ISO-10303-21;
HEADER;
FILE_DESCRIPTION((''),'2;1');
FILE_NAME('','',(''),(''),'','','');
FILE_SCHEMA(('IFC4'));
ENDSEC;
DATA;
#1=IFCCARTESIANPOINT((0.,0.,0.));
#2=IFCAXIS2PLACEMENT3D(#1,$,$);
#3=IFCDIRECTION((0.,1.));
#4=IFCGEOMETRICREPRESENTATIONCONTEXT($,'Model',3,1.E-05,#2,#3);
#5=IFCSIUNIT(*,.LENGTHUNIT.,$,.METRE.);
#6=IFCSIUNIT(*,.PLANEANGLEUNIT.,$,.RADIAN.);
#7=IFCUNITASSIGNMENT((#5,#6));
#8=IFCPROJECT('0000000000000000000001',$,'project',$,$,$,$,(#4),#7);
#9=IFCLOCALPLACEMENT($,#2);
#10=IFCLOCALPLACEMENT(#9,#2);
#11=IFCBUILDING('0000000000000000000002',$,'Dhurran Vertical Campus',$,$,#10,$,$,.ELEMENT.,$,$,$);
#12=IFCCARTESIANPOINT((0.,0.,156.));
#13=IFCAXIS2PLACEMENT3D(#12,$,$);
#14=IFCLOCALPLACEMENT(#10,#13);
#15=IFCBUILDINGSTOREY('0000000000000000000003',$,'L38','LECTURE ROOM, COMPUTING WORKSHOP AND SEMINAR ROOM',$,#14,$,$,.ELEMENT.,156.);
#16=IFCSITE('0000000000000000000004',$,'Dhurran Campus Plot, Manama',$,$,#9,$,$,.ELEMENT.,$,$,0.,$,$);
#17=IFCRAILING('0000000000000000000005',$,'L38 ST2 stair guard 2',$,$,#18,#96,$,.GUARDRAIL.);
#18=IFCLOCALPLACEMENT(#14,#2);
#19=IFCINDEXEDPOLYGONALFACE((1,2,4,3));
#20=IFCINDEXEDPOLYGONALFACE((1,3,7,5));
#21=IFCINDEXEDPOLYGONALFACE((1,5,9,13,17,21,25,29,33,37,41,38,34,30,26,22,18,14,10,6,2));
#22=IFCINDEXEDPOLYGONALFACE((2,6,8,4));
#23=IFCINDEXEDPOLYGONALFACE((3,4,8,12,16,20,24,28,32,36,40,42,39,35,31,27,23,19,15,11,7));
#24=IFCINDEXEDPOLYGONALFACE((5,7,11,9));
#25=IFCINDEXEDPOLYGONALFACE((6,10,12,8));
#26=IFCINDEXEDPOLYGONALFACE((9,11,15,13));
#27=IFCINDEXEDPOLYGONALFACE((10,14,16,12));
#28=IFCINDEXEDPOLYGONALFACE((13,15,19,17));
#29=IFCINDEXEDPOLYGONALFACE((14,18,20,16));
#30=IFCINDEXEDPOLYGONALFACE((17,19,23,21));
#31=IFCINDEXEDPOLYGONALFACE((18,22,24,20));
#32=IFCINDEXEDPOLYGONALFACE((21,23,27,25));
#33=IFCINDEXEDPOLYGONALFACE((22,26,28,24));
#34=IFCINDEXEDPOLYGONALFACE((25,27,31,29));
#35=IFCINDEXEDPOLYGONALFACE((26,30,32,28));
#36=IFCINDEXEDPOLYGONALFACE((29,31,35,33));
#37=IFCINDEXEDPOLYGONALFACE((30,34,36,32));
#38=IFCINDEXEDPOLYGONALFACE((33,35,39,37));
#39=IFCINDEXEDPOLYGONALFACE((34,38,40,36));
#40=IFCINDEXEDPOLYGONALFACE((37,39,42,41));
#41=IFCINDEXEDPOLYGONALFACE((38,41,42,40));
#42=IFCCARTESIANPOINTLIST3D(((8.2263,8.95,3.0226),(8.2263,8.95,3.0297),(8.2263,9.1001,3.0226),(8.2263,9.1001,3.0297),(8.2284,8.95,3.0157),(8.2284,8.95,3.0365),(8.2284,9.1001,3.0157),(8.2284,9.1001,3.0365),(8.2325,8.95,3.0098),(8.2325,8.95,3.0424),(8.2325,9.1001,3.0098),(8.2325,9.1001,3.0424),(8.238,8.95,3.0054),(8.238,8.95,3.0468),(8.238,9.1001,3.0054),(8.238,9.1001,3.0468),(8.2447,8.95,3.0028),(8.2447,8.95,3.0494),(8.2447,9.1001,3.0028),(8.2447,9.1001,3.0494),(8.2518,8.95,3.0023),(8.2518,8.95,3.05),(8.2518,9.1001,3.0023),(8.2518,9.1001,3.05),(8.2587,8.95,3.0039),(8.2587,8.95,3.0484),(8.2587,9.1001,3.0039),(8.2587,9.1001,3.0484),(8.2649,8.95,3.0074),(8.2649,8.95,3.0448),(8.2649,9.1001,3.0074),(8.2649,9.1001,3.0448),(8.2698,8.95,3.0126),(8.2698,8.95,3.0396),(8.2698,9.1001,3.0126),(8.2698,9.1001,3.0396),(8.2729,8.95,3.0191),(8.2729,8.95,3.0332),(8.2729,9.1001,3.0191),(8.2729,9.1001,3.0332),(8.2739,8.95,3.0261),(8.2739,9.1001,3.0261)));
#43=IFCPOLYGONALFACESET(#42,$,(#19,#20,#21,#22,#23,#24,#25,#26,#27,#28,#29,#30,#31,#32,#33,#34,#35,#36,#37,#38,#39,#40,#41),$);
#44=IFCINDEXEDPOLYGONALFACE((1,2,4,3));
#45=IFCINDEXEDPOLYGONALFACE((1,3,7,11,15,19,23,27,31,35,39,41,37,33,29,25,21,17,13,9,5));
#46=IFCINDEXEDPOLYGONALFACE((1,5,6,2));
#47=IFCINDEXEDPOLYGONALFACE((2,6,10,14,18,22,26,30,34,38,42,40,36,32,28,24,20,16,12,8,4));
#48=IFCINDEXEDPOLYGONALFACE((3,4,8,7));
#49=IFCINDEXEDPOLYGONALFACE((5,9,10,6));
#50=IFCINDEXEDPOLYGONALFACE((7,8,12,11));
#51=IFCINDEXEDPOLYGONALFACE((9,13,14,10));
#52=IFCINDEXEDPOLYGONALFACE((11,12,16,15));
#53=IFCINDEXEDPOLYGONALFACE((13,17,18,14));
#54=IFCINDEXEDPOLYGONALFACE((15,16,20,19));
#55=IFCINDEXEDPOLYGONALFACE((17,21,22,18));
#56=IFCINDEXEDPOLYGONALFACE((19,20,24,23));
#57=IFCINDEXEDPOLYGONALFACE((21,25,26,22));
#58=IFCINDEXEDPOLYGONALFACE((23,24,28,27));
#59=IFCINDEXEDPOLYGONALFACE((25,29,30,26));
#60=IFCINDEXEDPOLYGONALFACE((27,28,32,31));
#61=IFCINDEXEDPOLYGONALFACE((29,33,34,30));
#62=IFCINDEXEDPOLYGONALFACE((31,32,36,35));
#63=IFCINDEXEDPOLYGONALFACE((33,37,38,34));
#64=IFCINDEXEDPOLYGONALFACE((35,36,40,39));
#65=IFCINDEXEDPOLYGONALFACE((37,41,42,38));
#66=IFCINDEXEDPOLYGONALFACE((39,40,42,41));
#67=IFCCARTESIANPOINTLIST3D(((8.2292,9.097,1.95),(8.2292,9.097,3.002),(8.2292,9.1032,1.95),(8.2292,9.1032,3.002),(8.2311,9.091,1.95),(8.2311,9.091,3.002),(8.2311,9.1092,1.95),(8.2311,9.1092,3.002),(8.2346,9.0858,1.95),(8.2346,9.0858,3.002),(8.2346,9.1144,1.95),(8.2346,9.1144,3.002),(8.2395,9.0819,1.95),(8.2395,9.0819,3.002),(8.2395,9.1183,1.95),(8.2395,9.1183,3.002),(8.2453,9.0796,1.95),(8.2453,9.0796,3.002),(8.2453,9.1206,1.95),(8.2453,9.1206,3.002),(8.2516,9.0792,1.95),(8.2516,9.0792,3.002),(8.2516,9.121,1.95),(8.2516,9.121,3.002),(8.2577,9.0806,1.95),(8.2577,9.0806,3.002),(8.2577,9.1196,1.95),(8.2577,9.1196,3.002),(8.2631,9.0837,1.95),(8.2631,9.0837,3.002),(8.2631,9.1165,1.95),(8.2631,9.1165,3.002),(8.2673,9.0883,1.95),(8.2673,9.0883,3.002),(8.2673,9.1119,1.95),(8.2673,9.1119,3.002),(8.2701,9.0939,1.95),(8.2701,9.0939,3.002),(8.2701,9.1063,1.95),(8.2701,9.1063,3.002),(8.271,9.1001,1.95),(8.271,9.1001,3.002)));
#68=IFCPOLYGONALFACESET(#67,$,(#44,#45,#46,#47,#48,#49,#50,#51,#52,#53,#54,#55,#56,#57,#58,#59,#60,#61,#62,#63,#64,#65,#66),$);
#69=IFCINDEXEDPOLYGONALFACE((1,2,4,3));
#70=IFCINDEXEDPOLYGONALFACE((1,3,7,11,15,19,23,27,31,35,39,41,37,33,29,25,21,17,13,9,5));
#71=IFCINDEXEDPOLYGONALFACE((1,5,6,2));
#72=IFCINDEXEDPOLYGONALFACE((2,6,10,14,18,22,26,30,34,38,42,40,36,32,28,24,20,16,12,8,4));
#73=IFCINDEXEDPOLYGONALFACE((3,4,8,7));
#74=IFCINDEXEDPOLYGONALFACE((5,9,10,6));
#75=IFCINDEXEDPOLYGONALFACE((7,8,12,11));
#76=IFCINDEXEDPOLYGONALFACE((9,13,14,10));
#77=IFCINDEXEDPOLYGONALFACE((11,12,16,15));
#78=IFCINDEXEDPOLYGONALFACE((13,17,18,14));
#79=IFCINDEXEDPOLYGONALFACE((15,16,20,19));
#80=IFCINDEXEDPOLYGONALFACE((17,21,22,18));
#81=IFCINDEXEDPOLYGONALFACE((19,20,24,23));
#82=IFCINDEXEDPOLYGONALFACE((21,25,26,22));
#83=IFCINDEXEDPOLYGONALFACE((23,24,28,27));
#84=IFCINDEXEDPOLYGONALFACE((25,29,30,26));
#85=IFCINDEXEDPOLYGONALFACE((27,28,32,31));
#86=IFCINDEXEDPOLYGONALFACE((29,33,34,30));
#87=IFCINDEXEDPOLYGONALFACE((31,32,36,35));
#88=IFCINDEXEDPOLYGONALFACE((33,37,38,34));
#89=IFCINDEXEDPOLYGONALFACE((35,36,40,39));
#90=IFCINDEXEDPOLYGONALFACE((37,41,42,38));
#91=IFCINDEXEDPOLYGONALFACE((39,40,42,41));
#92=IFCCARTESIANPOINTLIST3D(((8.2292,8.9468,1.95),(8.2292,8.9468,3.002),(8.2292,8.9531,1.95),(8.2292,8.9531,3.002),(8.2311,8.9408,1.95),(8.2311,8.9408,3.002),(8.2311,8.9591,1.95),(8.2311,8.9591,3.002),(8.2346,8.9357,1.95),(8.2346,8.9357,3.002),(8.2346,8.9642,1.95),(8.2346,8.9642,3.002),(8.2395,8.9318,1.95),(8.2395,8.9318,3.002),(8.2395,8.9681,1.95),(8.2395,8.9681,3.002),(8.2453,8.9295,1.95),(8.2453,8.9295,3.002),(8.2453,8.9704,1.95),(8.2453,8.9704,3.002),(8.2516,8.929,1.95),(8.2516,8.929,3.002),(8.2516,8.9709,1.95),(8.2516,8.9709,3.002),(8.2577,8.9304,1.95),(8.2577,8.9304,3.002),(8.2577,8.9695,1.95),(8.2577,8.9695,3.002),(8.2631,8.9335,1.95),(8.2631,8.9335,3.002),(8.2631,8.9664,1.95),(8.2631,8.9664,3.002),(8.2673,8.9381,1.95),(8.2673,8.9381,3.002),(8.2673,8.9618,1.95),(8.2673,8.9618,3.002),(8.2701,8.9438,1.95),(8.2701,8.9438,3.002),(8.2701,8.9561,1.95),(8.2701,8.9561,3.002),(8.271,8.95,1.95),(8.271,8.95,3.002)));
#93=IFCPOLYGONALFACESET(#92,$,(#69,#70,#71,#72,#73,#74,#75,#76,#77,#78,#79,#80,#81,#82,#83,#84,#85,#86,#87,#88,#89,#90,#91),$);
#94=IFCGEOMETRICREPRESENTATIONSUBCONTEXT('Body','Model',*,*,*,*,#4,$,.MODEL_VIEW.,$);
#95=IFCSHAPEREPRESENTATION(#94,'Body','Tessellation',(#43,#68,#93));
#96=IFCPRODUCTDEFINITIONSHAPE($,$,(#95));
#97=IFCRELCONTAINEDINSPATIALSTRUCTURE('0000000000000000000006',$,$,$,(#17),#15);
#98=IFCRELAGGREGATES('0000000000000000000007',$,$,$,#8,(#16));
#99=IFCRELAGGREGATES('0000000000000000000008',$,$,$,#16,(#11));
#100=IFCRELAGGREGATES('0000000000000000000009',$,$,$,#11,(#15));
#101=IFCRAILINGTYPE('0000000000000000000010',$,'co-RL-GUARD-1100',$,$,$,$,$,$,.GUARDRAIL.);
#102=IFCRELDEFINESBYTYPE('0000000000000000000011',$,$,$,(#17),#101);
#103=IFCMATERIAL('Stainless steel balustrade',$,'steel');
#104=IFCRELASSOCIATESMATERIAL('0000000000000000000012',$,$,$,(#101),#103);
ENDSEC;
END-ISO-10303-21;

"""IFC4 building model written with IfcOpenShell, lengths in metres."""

from ifc_helpers import new_model, si_unit, direction, frame, origin, origin_2d, place, context, subcontext, project, spatial, circle, extrude, material, type_object, element, save


model = new_model("IFC4")

# Units and contexts
model_context = context("Model", 3, precision=1e-05, world=origin(), true_north=direction((0.0, 1.0)))
body_context = subcontext(model_context, "Body", "Model", "MODEL_VIEW")
ifc_project = project(units=[si_unit("LENGTHUNIT", "METRE"), si_unit("PLANEANGLEUNIT", "RADIAN")], contexts=[model_context])

# Site, building, storey
site_placement = place(None, origin())
site = spatial("IfcSite", under=ifc_project, at=site_placement, Name="Dhurran Campus Plot, Manama", CompositionType="ELEMENT", RefElevation=0.0)
building_placement = place(site_placement, origin())
building = spatial("IfcBuilding", under=site, at=building_placement, Name="Dhurran Vertical Campus", CompositionType="ELEMENT")
storey_placement = place(building_placement, frame((0.0, 0.0, 156.0)))
storey = spatial("IfcBuildingStorey", under=building, at=storey_placement, Name="L38", Description="LECTURE ROOM, COMPUTING WORKSHOP AND SEMINAR ROOM", CompositionType="ELEMENT", Elevation=156.0)

# Railing
ifc_material_1 = material(Name="Stainless steel balustrade", Category="steel")
railing_type_1 = type_object("IfcRailingType", Name="co-RL-GUARD-1100", PredefinedType="GUARDRAIL", material=ifc_material_1)
railing_1_placement = place(storey_placement, frame((8.25, 9.1001, 1.95)))
element("IfcRailing", 1, at=railing_1_placement, inside=storey, type_object=railing_type_1, Name="L38 ST2 stair guard 2", PredefinedType="GUARDRAIL", context=body_context, shape_type="SweptSolid", body=[
    extrude(circle(Radius=0.0239, at=origin_2d()), frame((0.0, 0.0, 1.0762), z_axis=(0.0, -1.0, 0.0), x_axis=(1.0, 0.0, 0.0)), (0.0, 0.0, 1.0), 0.1501),
    extrude(circle(Radius=0.021, at=origin_2d()), origin(), (0.0, 0.0, 1.0), 1.052),
    extrude(circle(Radius=0.021, at=origin_2d()), frame((0.0, -0.1501, 0.0)), (0.0, 0.0, 1.0), 1.052),
])

save(model, "model.ifc")
